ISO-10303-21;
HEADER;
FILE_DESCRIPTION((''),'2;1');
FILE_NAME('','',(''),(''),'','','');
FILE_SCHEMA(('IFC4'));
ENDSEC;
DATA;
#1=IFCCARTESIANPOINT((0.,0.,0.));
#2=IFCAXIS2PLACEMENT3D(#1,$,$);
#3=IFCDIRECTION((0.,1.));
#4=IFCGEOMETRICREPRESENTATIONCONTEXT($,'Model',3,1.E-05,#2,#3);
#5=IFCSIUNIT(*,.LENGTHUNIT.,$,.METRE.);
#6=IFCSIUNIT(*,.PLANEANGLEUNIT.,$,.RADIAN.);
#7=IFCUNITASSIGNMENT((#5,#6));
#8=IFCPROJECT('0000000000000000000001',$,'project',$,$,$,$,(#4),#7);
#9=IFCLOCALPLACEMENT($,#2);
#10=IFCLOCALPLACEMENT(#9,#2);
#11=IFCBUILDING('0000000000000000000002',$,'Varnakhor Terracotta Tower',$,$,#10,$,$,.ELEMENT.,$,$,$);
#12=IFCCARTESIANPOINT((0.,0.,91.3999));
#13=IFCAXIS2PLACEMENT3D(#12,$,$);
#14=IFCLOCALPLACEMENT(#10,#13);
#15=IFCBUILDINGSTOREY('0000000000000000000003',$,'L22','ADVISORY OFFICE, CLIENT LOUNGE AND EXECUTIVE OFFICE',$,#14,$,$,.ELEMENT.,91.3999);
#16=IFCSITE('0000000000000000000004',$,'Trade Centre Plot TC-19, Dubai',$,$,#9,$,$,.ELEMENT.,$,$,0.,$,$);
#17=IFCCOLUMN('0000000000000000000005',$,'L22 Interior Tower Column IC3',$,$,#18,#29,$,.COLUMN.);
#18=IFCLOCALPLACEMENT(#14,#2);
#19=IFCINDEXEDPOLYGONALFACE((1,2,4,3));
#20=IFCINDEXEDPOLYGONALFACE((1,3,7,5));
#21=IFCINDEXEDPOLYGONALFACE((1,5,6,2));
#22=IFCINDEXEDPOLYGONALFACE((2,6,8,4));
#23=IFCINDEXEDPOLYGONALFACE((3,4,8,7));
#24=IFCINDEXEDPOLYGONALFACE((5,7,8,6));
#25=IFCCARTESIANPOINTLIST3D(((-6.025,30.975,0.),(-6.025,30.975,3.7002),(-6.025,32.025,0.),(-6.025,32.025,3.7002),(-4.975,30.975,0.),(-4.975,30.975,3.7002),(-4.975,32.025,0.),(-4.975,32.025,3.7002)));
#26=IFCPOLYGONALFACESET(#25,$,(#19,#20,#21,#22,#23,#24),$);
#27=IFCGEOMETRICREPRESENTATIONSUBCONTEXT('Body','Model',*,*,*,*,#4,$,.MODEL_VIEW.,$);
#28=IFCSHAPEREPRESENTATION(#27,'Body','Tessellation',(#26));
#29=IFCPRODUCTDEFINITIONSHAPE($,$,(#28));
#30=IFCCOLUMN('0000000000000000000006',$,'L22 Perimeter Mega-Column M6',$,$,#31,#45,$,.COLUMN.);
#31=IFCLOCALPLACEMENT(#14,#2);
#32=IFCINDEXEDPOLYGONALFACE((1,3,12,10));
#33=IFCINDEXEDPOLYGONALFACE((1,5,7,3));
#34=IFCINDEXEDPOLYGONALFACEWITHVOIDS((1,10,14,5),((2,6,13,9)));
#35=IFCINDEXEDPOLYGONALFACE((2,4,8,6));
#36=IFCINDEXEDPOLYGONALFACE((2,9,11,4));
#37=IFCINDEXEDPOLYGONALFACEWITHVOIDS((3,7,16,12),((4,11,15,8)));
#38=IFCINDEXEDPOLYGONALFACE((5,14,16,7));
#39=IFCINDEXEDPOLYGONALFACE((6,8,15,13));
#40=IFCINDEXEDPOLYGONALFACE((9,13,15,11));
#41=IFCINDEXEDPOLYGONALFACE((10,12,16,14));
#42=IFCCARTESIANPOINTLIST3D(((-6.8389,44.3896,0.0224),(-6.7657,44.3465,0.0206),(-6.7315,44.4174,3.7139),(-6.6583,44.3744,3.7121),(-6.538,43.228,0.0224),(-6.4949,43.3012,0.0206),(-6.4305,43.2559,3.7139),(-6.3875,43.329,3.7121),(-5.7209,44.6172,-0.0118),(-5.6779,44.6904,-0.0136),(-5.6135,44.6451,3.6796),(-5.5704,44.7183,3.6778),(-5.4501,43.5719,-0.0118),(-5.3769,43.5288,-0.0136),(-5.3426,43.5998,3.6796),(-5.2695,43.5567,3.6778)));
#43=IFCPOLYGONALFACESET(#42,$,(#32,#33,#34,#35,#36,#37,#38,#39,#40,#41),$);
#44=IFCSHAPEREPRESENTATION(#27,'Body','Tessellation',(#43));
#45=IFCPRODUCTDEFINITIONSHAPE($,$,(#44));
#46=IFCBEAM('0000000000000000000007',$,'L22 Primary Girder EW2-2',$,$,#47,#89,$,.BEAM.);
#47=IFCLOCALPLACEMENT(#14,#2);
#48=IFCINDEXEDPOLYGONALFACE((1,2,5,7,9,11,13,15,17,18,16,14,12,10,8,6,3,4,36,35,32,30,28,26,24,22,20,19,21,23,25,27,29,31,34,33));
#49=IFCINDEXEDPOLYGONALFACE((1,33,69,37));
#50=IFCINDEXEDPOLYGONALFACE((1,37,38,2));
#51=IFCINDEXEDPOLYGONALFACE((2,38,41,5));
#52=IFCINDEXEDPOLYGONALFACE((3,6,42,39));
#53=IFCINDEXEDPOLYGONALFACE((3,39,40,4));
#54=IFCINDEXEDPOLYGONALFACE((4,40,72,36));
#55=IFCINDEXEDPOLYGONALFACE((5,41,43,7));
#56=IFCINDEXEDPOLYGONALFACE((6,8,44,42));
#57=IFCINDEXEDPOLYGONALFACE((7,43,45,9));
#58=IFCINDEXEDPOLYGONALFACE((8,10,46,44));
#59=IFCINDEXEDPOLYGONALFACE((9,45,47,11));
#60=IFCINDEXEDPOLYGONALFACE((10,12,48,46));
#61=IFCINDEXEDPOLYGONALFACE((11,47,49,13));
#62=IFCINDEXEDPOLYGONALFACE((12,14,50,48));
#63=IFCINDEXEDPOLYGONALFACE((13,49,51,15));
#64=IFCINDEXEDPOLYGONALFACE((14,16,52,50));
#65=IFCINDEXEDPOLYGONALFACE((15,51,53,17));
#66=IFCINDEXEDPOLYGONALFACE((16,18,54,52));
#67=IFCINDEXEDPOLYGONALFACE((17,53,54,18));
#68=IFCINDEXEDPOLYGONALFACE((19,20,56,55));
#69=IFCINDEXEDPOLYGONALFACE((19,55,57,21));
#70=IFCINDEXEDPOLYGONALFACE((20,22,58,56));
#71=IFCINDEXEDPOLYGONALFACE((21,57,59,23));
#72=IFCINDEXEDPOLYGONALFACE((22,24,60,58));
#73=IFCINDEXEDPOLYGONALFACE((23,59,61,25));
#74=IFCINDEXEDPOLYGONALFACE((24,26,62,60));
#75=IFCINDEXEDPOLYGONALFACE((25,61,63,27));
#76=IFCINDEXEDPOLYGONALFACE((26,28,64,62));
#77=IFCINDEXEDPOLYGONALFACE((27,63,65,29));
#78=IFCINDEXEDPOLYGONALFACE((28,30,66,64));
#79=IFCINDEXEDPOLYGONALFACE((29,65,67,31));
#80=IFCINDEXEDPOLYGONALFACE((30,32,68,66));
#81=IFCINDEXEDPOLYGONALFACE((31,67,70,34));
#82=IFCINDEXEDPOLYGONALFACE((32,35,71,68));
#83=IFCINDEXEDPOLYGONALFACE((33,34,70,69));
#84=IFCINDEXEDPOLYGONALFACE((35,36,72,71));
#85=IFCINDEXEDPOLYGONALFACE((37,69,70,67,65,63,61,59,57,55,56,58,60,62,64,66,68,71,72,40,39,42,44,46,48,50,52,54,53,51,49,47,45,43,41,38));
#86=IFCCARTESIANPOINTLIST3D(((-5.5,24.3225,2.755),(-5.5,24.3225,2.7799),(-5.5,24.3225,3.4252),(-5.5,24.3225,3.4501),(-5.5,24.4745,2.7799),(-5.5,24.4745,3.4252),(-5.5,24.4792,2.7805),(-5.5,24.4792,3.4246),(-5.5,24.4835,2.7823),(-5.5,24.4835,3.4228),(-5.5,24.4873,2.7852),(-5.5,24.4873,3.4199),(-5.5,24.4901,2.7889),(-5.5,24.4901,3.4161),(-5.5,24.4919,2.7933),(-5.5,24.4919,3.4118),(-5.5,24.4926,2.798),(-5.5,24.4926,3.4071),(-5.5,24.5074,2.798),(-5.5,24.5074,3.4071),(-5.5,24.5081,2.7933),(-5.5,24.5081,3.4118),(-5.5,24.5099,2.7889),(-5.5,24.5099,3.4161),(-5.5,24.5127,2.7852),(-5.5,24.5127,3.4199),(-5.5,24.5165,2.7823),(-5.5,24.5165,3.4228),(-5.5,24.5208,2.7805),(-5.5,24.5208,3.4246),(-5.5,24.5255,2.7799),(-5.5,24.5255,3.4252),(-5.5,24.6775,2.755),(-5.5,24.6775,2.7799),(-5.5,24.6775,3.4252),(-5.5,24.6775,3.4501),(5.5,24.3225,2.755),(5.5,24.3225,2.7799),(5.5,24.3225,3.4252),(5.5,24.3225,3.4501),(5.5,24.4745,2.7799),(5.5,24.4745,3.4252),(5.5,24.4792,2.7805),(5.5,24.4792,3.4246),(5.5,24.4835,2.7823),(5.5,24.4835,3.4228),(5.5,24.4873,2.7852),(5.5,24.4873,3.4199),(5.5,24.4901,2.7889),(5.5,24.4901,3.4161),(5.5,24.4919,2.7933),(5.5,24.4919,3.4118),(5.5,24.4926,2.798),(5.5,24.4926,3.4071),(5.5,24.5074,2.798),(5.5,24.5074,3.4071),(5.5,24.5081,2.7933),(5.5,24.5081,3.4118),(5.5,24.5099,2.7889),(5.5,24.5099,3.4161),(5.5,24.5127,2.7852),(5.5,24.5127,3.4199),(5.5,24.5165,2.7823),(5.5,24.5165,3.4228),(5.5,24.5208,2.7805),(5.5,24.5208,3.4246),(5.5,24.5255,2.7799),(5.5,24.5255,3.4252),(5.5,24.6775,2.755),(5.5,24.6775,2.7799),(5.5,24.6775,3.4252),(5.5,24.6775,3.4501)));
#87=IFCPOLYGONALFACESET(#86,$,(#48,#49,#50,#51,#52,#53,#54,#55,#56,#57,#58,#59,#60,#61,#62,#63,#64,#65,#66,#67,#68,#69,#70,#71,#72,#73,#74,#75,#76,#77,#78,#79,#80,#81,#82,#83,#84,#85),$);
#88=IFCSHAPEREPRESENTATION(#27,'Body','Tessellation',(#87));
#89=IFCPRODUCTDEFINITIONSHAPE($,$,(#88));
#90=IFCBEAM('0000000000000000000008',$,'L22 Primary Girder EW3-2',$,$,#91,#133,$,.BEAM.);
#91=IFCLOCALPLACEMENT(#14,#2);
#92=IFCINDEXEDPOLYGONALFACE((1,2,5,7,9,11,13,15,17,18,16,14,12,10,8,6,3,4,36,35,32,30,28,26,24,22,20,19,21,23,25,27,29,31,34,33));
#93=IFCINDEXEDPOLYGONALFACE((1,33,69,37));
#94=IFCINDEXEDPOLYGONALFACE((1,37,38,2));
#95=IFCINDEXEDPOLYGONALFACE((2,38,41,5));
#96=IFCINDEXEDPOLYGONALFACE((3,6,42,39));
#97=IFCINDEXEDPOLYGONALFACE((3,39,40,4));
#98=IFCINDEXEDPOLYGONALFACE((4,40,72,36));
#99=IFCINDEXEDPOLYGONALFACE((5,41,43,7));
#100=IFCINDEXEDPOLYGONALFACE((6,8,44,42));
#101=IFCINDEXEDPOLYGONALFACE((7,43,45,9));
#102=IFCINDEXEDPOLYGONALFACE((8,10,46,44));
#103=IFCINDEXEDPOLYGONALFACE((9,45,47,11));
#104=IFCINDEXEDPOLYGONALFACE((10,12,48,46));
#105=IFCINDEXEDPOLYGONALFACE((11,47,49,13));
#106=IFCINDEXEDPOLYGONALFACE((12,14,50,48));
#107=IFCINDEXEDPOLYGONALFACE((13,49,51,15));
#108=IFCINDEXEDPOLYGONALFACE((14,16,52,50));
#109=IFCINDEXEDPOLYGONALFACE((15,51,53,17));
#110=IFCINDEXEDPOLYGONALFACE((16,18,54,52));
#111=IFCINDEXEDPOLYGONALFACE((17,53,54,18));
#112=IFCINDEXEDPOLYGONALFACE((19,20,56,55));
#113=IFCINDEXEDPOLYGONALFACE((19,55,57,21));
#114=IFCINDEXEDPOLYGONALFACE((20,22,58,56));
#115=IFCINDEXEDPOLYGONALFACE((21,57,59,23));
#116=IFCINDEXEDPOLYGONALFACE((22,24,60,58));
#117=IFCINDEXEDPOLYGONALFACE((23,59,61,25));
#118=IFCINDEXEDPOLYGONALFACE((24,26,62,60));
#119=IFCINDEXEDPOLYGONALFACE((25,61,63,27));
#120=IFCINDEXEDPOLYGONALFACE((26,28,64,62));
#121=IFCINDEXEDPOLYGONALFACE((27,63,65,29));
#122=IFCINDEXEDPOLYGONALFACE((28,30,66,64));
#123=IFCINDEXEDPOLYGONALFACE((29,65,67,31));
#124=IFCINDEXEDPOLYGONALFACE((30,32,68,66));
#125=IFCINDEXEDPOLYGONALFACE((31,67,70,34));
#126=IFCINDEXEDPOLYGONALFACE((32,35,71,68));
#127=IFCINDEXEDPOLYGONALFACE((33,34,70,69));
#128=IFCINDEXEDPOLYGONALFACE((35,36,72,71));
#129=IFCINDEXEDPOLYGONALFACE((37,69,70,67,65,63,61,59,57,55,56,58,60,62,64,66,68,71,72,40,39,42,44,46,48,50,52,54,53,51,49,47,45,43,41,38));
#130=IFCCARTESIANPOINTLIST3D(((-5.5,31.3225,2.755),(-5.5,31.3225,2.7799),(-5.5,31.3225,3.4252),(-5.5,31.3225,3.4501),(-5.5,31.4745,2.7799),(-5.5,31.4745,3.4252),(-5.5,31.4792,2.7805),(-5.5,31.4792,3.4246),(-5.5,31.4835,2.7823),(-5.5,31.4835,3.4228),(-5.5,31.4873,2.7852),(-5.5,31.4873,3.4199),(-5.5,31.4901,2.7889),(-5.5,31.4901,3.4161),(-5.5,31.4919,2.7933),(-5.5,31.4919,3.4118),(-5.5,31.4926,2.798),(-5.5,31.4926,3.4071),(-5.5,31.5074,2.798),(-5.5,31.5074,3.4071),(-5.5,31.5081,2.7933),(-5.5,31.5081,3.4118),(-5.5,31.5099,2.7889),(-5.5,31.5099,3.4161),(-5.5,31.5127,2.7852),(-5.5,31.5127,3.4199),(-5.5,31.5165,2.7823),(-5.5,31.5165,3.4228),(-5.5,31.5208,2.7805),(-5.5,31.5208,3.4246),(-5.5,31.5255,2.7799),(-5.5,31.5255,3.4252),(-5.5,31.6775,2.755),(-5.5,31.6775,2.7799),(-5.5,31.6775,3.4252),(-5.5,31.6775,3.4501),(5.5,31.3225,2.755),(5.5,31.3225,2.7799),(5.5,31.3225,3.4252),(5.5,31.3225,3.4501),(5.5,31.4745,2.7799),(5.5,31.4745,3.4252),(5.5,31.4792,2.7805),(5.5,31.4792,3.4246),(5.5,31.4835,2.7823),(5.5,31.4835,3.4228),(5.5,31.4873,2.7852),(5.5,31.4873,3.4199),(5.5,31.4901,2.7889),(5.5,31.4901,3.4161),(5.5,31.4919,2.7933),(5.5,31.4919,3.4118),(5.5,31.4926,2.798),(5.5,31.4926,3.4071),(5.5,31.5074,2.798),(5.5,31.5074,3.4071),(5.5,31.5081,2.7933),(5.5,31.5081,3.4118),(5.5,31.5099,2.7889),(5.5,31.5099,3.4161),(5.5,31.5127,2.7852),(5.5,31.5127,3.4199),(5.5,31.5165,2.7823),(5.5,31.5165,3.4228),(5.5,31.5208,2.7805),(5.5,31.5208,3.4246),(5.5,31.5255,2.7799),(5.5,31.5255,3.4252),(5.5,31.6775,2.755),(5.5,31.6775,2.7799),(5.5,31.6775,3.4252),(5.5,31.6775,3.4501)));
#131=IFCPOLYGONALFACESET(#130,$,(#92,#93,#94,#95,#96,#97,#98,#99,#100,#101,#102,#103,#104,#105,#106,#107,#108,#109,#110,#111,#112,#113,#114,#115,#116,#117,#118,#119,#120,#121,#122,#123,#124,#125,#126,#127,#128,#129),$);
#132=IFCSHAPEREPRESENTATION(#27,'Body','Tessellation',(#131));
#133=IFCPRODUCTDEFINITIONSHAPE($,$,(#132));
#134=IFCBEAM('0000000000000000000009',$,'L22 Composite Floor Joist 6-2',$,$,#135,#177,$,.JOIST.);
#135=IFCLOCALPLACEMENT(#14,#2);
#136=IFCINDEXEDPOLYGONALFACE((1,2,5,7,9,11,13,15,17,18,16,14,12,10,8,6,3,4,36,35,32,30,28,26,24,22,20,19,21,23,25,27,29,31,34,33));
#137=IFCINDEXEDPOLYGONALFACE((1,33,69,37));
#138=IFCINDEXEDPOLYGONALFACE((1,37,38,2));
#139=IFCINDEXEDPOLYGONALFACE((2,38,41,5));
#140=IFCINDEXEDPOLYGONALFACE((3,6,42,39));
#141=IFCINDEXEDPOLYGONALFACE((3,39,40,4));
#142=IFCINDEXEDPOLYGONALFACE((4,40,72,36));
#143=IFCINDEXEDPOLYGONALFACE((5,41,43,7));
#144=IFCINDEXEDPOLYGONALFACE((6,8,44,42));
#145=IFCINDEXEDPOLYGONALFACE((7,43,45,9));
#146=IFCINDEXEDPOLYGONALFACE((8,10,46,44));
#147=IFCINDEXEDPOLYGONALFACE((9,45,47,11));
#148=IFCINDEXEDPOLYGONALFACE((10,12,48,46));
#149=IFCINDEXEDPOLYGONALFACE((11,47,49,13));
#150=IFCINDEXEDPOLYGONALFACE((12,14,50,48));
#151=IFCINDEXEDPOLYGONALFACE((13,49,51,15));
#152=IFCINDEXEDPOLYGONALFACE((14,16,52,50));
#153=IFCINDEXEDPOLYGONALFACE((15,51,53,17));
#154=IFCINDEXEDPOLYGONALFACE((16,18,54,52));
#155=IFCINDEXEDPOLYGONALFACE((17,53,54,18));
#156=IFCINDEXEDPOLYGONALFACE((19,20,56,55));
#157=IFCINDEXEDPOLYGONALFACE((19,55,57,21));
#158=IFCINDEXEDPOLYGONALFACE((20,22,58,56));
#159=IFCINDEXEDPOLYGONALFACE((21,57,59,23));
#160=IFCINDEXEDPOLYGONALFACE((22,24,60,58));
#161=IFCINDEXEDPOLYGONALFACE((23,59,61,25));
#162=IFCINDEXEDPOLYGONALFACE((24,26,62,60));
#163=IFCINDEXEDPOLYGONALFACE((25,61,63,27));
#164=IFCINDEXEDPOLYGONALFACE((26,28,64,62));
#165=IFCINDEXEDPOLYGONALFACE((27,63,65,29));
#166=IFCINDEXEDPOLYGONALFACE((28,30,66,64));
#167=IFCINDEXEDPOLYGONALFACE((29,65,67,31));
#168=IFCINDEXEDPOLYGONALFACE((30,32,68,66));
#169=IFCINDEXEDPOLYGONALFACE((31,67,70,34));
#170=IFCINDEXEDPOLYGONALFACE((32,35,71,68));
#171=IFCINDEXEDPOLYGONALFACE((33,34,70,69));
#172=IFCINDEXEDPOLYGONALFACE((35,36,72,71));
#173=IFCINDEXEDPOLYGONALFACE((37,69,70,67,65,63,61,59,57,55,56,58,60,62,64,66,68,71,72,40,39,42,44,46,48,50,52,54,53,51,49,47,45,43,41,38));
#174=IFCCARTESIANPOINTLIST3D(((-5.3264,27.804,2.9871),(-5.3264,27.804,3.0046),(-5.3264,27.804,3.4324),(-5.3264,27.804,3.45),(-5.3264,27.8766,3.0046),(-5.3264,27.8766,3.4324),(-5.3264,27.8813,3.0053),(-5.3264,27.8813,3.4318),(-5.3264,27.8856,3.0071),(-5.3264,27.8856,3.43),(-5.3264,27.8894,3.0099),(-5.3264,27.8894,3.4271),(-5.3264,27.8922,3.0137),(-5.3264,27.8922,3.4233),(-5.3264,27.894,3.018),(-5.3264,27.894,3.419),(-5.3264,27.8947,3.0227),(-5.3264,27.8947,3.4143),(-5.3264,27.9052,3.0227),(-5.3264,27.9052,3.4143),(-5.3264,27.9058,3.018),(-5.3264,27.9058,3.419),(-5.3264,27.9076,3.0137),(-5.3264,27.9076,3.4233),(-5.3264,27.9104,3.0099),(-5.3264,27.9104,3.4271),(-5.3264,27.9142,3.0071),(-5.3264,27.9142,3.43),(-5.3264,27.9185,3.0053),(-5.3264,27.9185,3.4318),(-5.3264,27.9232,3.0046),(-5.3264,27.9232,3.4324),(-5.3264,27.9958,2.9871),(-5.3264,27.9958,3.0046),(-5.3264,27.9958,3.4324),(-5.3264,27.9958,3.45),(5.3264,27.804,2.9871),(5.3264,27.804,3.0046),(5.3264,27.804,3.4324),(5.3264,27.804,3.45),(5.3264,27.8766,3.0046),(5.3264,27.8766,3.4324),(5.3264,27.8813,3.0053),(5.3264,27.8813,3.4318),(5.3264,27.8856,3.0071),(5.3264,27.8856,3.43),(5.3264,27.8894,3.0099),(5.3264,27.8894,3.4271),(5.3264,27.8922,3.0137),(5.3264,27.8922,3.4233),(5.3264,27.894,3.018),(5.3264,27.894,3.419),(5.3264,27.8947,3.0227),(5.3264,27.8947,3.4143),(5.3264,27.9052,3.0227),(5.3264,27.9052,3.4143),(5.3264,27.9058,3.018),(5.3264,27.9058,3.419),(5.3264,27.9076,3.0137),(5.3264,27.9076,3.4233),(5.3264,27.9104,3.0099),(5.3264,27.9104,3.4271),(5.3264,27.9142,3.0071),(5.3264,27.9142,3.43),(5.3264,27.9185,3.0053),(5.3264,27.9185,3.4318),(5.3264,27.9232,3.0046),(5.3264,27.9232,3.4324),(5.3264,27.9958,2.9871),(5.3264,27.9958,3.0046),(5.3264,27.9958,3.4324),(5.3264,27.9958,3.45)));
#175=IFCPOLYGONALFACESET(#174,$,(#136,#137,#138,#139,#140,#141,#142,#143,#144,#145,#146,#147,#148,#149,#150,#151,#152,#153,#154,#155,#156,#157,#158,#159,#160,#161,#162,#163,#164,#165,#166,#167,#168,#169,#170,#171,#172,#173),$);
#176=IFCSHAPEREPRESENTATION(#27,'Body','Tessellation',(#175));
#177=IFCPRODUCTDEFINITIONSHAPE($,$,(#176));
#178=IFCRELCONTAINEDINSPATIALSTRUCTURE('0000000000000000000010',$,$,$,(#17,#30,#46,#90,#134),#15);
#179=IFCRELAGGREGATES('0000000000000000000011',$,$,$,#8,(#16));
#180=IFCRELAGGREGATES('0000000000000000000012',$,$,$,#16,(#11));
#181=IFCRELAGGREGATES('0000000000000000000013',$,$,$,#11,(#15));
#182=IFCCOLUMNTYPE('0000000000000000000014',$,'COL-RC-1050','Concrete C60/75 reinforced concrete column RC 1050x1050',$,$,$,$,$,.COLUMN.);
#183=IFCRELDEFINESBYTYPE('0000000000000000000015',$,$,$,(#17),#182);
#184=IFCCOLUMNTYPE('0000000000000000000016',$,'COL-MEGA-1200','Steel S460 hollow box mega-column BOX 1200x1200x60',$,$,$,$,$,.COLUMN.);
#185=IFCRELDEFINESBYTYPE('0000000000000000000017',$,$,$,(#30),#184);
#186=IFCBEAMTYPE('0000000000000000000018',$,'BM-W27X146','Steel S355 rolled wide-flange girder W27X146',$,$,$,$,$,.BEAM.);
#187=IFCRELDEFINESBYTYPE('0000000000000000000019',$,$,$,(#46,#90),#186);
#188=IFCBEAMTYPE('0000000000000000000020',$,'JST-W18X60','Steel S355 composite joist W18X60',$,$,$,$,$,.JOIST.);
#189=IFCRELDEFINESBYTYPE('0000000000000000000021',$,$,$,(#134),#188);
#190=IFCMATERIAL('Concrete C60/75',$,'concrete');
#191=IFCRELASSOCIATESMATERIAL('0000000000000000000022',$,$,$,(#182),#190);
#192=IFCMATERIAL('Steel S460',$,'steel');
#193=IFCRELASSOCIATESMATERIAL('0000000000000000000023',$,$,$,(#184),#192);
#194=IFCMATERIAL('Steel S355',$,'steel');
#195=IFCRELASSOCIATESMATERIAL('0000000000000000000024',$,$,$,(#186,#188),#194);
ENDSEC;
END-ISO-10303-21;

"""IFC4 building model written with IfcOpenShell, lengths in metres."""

from ifc_helpers import new_model, si_unit, direction, frame, origin, origin_2d, place, context, subcontext, project, spatial, rectangle, hollow_rectangle, i_section, extrude, source, transform, mapped, material, material_profile, profile_set, type_object, element, save


model = new_model("IFC4")

# Units and contexts
model_context = context("Model", 3, precision=1e-05, world=origin(), true_north=direction((0.0, 1.0)))
body_context = subcontext(model_context, "Body", "Model", "MODEL_VIEW")
ifc_project = project(units=[si_unit("LENGTHUNIT", "METRE"), si_unit("PLANEANGLEUNIT", "RADIAN")], contexts=[model_context])

# Site, building, storey
site_placement = place(None, origin())
site = spatial("IfcSite", under=ifc_project, at=site_placement, Name="Trade Centre Plot TC-19, Dubai", CompositionType="ELEMENT", RefElevation=0.0)
building_placement = place(site_placement, origin())
building = spatial("IfcBuilding", under=site, at=building_placement, Name="Varnakhor Terracotta Tower", CompositionType="ELEMENT")
storey_placement = place(building_placement, frame((0.0, 0.0, 91.3999)))
storey = spatial("IfcBuildingStorey", under=building, at=storey_placement, Name="L22", Description="ADVISORY OFFICE, CLIENT LOUNGE AND EXECUTIVE OFFICE", CompositionType="ELEMENT", Elevation=91.3999)

# Columns
ifc_material_1 = material(Name="Concrete C60/75", Category="concrete")
ifc_material_profile_1 = material_profile(ifc_material_1, rectangle(XDim=1.05, YDim=1.05, at=origin_2d()), Name="RC 1050x1050")
ifc_profile_set_1 = profile_set([ifc_material_profile_1], Name="Concrete C60/75")
column_type_1 = type_object("IfcColumnType", Name="COL-RC-1050", Description="Concrete C60/75 reinforced concrete column RC 1050x1050", PredefinedType="COLUMN", material=ifc_profile_set_1)
shared_shape_1 = source(origin(), body_context, "Body", "SweptSolid", [
    extrude(rectangle(XDim=1.05, YDim=1.05, at=origin_2d()), origin(), (0.0, 0.0, 1.0), 3.7002),
])
column_1_placement = place(storey_placement, frame((-5.5, 31.5, 0.0), z_axis=(0.0, 0.0, 1.0), x_axis=(1.0, 0.0, 0.0)))
element("IfcColumn", 1, at=column_1_placement, inside=storey, type_object=column_type_1, Name="L22 Interior Tower Column IC3", PredefinedType="COLUMN", context=body_context, shape_type="MappedRepresentation", body=[
    mapped(shared_shape_1, transform((0.0, 0.0, 0.0), scale=1.0)),
])
ifc_material_2 = material(Name="Steel S460", Category="steel")
ifc_material_profile_2 = material_profile(ifc_material_2, hollow_rectangle(XDim=1.2, YDim=1.2, WallThickness=0.0601, at=origin_2d()), Name="BOX 1200x1200x60")
ifc_profile_set_2 = profile_set([ifc_material_profile_2], Name="Steel S460")
column_type_2 = type_object("IfcColumnType", Name="COL-MEGA-1200", Description="Steel S460 hollow box mega-column BOX 1200x1200x60", PredefinedType="COLUMN", material=ifc_profile_set_2)
shared_shape_2 = source(origin(), body_context, "Body", "SweptSolid", [
    extrude(hollow_rectangle(XDim=1.2, YDim=1.2, WallThickness=0.0601, at=origin_2d()), origin(), (0.0, 0.0, 1.0), 3.6931),
])
column_2_placement = place(storey_placement, frame((-6.1079, 43.9592, 0.0044), z_axis=(0.029087, 0.007536, 0.999548), x_axis=(-0.250809, 0.968036, 0.0)))
element("IfcColumn", 2, at=column_2_placement, inside=storey, type_object=column_type_2, Name="L22 Perimeter Mega-Column M6", PredefinedType="COLUMN", context=body_context, shape_type="MappedRepresentation", body=[
    mapped(shared_shape_2, transform((0.0, 0.0, 0.0), scale=1.0)),
])

# Beams
ifc_material_3 = material(Name="Steel S355", Category="steel")
ifc_material_profile_3 = material_profile(ifc_material_3, i_section(OverallWidth=0.355, OverallDepth=0.6951, WebThickness=0.0149, FlangeThickness=0.0249, FilletRadius=0.0181, at=origin_2d()), Name="W27X146")
ifc_profile_set_3 = profile_set([ifc_material_profile_3], Name="Steel S355")
beam_type_1 = type_object("IfcBeamType", Name="BM-W27X146", Description="Steel S355 rolled wide-flange girder W27X146", PredefinedType="BEAM", material=ifc_profile_set_3)
shared_shape_3 = source(origin(), body_context, "Body", "SweptSolid", [
    extrude(i_section(OverallWidth=0.355, OverallDepth=0.6951, WebThickness=0.0149, FlangeThickness=0.0249, FilletRadius=0.0181, at=origin_2d()), origin(), (0.0, 0.0, 1.0), 11.0),
])
for number, where, z_axis, x_axis, name in (
    (3, (-5.5, 24.5, 3.1025), (1.0, 0.0, 0.0), (0.0, 1.0, 0.0), "L22 Primary Girder EW2-2"),
    (4, (-5.5, 31.5, 3.1025), (1.0, 0.0, 0.0), (0.0, 1.0, 0.0), "L22 Primary Girder EW3-2"),
):
    element("IfcBeam", number, at=place(storey_placement, frame(where, z_axis=z_axis, x_axis=x_axis)), inside=storey, type_object=beam_type_1, Name=name, PredefinedType="BEAM", context=body_context, shape_type="MappedRepresentation", body=[
        mapped(shared_shape_3, transform((0.0, 0.0, 0.0), scale=1.0)),
    ])
ifc_material_profile_4 = material_profile(ifc_material_3, i_section(OverallWidth=0.1919, OverallDepth=0.4629, WebThickness=0.0105, FlangeThickness=0.0176, FilletRadius=0.0181, at=origin_2d()), Name="W18X60")
ifc_profile_set_4 = profile_set([ifc_material_profile_4], Name="Steel S355")
beam_type_2 = type_object("IfcBeamType", Name="JST-W18X60", Description="Steel S355 composite joist W18X60", PredefinedType="JOIST", material=ifc_profile_set_4)
shared_shape_4 = source(origin(), body_context, "Body", "SweptSolid", [
    extrude(i_section(OverallWidth=0.1919, OverallDepth=0.4629, WebThickness=0.0105, FlangeThickness=0.0176, FilletRadius=0.0181, at=origin_2d()), origin(), (0.0, 0.0, 1.0), 10.6528),
])
for number, where, z_axis, x_axis, name in (
    (5, (-5.3264, 27.8999, 3.2185), (1.0, 0.0, 0.0), (0.0, 1.0, 0.0), "L22 Composite Floor Joist 6-2"),
):
    element("IfcBeam", number, at=place(storey_placement, frame(where, z_axis=z_axis, x_axis=x_axis)), inside=storey, type_object=beam_type_2, Name=name, PredefinedType="JOIST", context=body_context, shape_type="MappedRepresentation", body=[
        mapped(shared_shape_4, transform((0.0, 0.0, 0.0), scale=1.0)),
    ])

save(model, "model.ifc")
